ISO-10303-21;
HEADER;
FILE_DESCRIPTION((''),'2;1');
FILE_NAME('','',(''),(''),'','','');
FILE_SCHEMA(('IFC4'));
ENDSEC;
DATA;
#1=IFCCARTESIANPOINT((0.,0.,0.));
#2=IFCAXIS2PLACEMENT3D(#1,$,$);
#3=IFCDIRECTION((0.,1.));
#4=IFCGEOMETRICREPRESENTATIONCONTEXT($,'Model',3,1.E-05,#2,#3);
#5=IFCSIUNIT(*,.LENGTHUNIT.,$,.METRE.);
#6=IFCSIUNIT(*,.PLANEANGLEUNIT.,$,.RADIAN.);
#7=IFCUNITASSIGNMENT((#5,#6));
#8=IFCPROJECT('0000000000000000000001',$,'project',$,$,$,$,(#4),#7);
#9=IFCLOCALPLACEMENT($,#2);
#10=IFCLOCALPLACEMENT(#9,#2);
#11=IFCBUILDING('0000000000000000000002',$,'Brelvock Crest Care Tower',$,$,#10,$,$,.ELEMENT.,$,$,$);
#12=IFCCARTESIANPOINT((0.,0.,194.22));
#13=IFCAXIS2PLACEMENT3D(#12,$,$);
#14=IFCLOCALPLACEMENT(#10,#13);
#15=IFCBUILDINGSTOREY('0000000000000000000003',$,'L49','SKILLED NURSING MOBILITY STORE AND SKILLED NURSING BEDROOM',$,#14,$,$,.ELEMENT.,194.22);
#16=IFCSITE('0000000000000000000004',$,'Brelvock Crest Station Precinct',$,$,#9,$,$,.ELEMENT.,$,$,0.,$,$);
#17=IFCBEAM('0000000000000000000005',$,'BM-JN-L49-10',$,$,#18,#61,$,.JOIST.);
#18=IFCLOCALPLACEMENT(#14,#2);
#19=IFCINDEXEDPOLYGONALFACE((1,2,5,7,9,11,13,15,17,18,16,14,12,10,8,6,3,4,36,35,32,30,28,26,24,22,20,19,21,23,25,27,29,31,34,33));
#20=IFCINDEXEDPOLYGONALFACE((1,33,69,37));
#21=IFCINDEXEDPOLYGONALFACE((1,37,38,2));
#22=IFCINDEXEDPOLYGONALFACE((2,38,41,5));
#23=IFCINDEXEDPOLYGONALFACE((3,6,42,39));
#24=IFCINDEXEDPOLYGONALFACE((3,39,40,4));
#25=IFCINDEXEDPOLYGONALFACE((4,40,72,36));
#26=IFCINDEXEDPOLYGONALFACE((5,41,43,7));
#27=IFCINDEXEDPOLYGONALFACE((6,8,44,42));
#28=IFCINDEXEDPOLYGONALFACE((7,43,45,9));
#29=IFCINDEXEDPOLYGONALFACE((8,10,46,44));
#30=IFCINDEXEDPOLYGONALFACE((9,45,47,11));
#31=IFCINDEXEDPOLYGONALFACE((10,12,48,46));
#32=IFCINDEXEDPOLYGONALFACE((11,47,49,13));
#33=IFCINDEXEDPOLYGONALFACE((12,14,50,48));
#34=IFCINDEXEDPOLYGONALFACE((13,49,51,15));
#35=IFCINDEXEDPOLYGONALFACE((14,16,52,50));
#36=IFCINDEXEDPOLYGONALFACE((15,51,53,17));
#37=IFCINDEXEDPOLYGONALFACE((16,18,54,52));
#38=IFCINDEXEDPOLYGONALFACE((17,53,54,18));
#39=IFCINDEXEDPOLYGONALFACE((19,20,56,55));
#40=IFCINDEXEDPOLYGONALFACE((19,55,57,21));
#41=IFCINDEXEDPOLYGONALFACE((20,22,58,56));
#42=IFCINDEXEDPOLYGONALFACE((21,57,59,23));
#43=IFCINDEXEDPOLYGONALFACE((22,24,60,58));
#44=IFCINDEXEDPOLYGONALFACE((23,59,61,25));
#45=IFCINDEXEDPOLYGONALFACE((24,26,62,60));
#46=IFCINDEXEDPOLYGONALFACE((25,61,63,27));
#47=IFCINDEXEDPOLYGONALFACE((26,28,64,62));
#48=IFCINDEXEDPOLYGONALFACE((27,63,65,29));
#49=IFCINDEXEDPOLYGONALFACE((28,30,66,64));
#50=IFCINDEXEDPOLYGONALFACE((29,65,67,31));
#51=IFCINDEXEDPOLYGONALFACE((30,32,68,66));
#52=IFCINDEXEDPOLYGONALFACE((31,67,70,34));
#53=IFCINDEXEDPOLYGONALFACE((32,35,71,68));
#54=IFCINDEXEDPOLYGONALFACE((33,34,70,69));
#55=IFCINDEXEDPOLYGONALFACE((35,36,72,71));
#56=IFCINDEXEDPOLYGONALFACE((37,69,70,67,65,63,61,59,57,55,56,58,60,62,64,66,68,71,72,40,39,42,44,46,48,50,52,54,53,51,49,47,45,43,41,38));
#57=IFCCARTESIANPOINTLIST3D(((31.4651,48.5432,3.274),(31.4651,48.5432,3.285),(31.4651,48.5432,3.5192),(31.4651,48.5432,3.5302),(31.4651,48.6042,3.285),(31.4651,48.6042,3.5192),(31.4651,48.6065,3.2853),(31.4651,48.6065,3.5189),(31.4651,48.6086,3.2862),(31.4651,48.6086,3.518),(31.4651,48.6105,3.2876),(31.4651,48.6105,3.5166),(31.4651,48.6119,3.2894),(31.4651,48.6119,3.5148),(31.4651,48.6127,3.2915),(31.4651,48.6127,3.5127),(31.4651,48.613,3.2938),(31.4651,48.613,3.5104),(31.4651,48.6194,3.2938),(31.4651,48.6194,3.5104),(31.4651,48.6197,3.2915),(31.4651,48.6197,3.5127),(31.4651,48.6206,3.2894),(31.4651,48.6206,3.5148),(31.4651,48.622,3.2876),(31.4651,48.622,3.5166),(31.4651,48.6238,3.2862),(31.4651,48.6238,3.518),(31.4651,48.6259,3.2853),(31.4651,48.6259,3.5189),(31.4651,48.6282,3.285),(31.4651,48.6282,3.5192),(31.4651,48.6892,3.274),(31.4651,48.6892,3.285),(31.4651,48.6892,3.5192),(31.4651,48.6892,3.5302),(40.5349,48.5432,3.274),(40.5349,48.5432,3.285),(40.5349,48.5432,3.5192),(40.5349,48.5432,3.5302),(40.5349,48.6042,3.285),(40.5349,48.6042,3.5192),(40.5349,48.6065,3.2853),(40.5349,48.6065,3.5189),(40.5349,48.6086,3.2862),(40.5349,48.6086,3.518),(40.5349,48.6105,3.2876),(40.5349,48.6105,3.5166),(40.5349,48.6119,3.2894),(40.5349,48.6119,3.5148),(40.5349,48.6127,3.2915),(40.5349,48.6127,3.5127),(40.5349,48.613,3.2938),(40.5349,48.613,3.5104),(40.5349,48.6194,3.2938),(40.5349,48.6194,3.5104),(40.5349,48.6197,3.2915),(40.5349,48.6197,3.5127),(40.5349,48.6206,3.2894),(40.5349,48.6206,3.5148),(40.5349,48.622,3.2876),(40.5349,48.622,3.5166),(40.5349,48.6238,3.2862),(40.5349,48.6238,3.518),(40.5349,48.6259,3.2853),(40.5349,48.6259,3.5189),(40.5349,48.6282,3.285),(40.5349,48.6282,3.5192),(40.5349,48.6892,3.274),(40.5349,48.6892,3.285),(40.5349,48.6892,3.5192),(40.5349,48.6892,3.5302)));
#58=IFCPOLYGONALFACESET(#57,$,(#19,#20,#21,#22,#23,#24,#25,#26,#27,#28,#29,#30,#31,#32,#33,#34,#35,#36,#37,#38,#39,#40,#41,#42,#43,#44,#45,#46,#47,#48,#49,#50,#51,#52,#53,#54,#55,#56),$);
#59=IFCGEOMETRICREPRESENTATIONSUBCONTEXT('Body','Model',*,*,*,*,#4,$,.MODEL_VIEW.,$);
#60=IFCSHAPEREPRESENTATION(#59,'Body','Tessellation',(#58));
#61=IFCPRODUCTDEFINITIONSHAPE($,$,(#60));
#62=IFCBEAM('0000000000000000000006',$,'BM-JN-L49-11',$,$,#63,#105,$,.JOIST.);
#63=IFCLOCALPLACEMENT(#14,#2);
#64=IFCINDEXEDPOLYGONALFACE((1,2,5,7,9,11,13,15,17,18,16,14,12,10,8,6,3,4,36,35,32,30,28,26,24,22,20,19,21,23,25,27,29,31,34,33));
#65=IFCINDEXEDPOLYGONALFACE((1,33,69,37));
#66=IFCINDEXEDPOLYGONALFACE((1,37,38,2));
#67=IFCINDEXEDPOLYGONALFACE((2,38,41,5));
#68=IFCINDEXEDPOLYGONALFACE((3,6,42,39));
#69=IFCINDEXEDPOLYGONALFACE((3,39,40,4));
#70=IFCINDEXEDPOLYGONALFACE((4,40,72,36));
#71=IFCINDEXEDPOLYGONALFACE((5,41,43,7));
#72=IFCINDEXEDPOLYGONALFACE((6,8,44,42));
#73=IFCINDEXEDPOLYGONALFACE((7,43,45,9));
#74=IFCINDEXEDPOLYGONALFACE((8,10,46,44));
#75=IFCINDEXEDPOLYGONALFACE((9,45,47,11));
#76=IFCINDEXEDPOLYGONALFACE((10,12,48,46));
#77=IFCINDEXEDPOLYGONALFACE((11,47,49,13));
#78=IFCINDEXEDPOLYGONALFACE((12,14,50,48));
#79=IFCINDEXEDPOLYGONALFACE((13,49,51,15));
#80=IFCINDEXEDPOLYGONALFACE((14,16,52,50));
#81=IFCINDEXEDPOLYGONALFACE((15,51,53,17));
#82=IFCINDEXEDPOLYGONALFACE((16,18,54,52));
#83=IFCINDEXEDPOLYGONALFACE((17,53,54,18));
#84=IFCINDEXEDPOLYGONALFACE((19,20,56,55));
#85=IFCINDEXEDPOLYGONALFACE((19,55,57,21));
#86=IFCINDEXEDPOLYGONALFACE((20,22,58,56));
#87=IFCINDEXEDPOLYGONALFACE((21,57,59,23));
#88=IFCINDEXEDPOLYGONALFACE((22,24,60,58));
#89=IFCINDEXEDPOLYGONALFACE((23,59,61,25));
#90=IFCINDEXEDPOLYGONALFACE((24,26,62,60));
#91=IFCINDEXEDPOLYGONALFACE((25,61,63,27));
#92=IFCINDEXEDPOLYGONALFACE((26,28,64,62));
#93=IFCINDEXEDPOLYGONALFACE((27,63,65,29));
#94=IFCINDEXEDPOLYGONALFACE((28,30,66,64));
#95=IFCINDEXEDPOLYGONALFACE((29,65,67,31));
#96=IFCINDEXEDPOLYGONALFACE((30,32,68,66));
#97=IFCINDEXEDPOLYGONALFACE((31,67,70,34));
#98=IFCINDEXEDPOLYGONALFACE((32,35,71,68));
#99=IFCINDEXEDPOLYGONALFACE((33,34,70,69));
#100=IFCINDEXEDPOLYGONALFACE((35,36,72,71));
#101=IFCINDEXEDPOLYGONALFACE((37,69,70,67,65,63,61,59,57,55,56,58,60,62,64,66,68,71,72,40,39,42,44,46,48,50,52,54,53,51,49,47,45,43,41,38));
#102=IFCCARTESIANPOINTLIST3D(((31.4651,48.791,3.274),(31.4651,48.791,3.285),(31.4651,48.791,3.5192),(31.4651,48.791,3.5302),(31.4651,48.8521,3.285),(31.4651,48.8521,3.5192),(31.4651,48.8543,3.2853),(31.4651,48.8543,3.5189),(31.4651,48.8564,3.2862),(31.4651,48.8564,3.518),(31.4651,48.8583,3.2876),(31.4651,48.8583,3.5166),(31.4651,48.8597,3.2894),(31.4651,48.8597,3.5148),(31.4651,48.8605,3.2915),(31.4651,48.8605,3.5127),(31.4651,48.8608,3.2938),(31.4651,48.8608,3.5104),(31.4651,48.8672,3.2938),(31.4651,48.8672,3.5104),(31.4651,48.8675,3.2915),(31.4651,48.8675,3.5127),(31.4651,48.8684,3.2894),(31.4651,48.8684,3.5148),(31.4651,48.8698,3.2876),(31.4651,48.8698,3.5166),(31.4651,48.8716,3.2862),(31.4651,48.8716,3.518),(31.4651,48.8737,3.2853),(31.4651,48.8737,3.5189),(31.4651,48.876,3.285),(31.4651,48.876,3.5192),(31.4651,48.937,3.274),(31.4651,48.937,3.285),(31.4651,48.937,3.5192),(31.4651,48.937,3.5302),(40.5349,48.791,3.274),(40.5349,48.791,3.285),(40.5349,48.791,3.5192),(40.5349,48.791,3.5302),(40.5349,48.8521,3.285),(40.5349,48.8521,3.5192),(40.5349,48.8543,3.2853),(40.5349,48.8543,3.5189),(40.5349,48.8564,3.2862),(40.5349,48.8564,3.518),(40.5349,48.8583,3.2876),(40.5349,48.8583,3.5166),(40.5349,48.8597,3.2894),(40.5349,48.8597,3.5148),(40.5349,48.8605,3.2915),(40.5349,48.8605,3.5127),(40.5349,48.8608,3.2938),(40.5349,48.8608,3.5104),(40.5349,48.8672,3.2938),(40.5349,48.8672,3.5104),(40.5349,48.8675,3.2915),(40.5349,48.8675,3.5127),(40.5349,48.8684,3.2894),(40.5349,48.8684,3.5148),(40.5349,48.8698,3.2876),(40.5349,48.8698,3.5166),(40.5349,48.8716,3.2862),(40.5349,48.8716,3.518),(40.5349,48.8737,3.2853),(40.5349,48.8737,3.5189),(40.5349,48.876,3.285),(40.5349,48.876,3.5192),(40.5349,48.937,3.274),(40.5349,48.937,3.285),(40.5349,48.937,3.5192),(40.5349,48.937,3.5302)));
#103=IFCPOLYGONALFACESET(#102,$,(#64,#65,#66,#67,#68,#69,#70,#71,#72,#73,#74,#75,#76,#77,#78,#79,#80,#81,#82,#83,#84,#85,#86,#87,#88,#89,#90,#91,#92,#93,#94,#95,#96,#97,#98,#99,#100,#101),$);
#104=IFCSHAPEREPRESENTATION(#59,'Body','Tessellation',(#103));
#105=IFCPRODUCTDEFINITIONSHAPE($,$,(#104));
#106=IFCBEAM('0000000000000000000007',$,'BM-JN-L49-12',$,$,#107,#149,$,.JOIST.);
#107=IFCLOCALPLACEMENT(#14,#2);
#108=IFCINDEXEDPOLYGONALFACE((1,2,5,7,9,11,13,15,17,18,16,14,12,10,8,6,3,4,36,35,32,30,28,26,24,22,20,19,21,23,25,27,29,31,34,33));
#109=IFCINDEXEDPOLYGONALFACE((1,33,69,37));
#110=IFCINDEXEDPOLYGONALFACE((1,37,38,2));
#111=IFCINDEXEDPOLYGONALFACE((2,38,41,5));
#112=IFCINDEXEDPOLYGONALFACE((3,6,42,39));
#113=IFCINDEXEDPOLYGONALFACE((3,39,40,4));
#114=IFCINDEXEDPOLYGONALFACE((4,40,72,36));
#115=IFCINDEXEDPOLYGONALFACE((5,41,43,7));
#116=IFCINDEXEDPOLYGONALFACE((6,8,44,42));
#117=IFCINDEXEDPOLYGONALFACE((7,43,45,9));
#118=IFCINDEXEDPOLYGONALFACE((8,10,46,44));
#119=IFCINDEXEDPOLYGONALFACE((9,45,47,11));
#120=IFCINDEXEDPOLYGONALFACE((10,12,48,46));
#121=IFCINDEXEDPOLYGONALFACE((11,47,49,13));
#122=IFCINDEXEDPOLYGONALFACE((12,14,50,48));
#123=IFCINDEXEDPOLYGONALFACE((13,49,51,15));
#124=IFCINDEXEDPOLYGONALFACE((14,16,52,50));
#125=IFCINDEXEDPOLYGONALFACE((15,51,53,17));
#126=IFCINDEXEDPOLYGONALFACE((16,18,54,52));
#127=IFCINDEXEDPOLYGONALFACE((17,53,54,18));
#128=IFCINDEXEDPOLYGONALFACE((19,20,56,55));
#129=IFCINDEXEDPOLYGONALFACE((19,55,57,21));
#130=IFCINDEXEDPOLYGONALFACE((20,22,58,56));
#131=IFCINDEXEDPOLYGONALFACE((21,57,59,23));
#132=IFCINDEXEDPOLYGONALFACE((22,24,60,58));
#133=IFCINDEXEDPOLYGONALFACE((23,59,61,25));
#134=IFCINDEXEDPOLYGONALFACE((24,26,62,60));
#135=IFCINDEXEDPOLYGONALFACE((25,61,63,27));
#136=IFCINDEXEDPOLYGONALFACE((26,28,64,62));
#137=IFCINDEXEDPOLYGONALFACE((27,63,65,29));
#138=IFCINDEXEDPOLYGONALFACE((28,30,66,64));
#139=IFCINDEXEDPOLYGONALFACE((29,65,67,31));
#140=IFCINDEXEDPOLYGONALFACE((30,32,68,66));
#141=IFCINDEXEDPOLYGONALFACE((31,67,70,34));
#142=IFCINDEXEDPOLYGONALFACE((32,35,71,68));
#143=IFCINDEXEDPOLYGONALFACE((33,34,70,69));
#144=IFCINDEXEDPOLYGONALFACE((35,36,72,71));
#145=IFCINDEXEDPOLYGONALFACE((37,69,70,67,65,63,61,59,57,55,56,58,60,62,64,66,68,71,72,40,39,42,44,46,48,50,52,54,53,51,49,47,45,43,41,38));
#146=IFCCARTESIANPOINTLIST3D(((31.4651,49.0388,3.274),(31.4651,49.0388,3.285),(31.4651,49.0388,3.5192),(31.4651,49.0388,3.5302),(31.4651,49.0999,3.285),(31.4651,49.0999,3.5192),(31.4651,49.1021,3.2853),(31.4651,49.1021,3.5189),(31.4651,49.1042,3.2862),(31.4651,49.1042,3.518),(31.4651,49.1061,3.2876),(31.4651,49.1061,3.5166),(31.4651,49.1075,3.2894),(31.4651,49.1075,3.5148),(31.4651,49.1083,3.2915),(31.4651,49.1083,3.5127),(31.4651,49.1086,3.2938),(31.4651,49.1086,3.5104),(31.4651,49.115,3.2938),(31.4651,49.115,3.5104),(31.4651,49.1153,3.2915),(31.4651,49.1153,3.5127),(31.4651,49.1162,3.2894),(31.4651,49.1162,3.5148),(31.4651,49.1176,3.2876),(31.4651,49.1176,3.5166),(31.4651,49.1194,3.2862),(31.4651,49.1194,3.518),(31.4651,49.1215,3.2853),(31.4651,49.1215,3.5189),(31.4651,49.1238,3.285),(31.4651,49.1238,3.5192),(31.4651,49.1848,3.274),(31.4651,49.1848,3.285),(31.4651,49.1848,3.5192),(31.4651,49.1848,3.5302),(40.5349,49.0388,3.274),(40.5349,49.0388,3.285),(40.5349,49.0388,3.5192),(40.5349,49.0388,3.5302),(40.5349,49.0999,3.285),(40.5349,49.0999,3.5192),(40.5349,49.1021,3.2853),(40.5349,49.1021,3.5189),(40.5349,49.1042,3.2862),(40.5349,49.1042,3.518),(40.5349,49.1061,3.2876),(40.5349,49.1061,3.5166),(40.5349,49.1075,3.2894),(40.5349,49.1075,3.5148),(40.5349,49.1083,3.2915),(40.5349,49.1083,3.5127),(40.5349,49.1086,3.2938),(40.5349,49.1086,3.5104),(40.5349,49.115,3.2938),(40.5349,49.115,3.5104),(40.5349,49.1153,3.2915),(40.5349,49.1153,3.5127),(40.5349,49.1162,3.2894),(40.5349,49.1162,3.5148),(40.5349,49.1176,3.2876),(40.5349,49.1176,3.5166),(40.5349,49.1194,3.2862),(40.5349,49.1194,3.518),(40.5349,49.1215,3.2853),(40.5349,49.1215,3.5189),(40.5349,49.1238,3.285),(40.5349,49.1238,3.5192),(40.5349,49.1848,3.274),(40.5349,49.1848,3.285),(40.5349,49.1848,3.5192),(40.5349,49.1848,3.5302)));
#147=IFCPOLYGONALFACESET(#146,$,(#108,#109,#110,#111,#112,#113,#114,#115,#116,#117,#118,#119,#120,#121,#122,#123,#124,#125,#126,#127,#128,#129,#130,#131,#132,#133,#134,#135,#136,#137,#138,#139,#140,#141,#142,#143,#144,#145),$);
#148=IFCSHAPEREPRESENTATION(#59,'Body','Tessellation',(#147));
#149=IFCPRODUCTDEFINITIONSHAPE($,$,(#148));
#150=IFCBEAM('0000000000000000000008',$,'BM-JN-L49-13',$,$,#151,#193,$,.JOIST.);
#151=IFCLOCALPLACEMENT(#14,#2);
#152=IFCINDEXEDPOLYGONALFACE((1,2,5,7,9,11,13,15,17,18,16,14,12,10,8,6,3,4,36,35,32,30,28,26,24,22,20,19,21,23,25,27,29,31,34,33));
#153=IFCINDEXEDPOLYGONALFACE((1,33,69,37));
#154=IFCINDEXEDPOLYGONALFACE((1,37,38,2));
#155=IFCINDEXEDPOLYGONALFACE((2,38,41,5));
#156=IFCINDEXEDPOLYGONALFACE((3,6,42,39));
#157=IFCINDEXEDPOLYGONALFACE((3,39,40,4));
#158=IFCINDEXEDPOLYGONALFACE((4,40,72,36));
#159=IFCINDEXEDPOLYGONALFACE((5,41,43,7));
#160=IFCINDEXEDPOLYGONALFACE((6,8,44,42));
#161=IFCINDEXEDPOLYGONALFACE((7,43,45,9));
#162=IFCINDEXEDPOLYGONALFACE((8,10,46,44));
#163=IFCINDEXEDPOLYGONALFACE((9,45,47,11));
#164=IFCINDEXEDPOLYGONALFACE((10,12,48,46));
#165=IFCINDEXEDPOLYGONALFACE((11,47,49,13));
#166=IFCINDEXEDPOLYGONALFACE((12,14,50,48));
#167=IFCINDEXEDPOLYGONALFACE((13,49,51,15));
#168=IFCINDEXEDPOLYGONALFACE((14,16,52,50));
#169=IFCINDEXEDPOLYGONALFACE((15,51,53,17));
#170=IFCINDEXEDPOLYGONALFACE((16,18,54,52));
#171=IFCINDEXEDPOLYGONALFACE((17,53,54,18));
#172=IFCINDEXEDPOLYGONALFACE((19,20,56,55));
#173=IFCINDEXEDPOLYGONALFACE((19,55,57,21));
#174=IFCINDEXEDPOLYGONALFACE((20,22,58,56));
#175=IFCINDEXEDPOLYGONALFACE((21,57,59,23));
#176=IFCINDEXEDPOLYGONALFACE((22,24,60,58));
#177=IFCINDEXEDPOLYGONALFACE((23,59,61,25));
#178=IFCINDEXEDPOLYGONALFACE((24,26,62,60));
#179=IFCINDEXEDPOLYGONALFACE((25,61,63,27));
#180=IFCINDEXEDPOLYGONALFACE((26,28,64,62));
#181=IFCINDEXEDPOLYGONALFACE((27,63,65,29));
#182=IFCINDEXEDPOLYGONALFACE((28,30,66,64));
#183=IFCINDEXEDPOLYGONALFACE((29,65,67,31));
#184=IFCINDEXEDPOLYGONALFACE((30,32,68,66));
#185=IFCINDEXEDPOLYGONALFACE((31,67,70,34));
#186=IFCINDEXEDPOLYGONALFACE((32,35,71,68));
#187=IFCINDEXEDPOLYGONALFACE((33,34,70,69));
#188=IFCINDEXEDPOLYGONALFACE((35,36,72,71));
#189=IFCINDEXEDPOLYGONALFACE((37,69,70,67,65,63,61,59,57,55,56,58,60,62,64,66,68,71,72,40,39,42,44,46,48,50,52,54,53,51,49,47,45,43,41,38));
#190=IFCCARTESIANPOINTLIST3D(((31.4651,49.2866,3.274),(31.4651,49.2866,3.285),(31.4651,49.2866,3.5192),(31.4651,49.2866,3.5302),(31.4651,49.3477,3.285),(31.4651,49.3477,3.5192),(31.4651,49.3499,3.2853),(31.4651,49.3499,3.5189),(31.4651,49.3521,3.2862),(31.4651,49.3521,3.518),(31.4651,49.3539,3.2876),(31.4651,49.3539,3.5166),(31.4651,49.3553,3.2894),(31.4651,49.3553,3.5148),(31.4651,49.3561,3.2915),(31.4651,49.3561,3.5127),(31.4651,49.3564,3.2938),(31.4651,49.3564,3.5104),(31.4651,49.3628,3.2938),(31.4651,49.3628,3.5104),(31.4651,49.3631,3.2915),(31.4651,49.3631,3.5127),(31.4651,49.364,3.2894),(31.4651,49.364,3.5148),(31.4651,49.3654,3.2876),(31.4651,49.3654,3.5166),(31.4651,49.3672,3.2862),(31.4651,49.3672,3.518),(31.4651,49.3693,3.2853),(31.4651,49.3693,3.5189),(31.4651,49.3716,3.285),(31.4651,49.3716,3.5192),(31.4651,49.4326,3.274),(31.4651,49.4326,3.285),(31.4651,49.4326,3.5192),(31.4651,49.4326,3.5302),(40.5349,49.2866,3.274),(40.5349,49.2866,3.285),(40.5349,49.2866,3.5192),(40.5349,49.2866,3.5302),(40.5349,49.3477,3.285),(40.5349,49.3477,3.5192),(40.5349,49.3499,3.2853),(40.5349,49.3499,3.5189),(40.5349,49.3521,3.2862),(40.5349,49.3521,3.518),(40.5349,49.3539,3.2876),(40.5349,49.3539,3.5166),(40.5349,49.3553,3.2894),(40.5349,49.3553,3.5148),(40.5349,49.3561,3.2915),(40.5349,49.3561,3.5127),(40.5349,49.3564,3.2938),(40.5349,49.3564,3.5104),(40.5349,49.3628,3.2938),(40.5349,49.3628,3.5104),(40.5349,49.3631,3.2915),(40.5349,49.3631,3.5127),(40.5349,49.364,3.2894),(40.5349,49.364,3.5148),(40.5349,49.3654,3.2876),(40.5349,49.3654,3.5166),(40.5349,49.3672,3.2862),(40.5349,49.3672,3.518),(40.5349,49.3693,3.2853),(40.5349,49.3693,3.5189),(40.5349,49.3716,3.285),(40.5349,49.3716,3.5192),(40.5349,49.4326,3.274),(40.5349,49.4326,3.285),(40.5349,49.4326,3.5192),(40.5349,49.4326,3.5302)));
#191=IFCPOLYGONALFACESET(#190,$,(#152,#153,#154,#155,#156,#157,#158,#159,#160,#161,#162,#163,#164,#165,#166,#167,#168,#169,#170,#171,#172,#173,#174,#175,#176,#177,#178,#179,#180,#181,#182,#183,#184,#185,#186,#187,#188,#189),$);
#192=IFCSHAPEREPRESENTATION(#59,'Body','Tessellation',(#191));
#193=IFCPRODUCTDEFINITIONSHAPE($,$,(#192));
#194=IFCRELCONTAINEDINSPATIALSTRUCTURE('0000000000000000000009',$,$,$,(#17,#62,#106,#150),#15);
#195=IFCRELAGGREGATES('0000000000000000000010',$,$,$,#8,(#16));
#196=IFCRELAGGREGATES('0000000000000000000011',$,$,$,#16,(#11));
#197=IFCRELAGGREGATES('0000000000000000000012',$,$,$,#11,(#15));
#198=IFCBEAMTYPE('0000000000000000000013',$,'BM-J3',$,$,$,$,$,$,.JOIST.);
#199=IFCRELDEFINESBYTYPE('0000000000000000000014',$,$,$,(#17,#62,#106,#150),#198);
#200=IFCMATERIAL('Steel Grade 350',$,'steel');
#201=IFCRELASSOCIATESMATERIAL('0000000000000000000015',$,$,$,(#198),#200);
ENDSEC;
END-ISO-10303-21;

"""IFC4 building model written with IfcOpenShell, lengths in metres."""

from ifc_helpers import new_model, si_unit, direction, frame, origin, origin_2d, place, context, subcontext, project, spatial, i_section, extrude, source, transform, mapped, material, material_profile, profile_set, type_object, element, save


model = new_model("IFC4")

# Units and contexts
model_context = context("Model", 3, precision=1e-05, world=origin(), true_north=direction((0.0, 1.0)))
body_context = subcontext(model_context, "Body", "Model", "MODEL_VIEW")
ifc_project = project(units=[si_unit("LENGTHUNIT", "METRE"), si_unit("PLANEANGLEUNIT", "RADIAN")], contexts=[model_context])

# Site, building, storey
site_placement = place(None, origin())
site = spatial("IfcSite", under=ifc_project, at=site_placement, Name="Brelvock Crest Station Precinct", CompositionType="ELEMENT", RefElevation=0.0)
building_placement = place(site_placement, origin())
building = spatial("IfcBuilding", under=site, at=building_placement, Name="Brelvock Crest Care Tower", CompositionType="ELEMENT")
storey_placement = place(building_placement, frame((0.0, 0.0, 194.22)))
storey = spatial("IfcBuildingStorey", under=building, at=storey_placement, Name="L49", Description="SKILLED NURSING MOBILITY STORE AND SKILLED NURSING BEDROOM", CompositionType="ELEMENT", Elevation=194.22)

# Shared definitions
ifc_material_1 = material(Name="Steel Grade 350", Category="steel")

# Beams
ifc_material_profile_1 = material_profile(ifc_material_1, i_section(OverallWidth=0.146, OverallDepth=0.2561, WebThickness=0.0063, FlangeThickness=0.011, FilletRadius=0.0088, at=origin_2d()), Name="250UB37.3")
ifc_profile_set_1 = profile_set([ifc_material_profile_1], Name="Steel Grade 350")
beam_type_1 = type_object("IfcBeamType", Name="BM-J3", PredefinedType="JOIST", material=ifc_profile_set_1)
shared_shape_1 = source(origin(), body_context, "Body", "SweptSolid", [
    extrude(i_section(OverallWidth=0.146, OverallDepth=0.2561, WebThickness=0.0063, FlangeThickness=0.011, FilletRadius=0.0088, at=origin_2d()), origin(), (0.0, 0.0, 1.0), 9.0698),
])
for number, where, z_axis, x_axis, name in (
    (1, (31.4651, 48.6162, 3.4021), (1.0, 0.0, 0.0), (0.0, 1.0, 0.0), "BM-JN-L49-10"),
    (2, (31.4651, 48.864, 3.4021), (1.0, 0.0, 0.0), (0.0, 1.0, 0.0), "BM-JN-L49-11"),
    (3, (31.4651, 49.1118, 3.4021), (1.0, 0.0, 0.0), (0.0, 1.0, 0.0), "BM-JN-L49-12"),
    (4, (31.4651, 49.3596, 3.4021), (1.0, 0.0, 0.0), (0.0, 1.0, 0.0), "BM-JN-L49-13"),
):
    element("IfcBeam", number, at=place(storey_placement, frame(where, z_axis=z_axis, x_axis=x_axis)), inside=storey, type_object=beam_type_1, Name=name, PredefinedType="JOIST", context=body_context, shape_type="MappedRepresentation", body=[
        mapped(shared_shape_1, transform((0.0, 0.0, 0.0), x_axis=(1.0, 0.0, 0.0), y_axis=(0.0, 1.0, 0.0), z_axis=(0.0, 0.0, 1.0), scale=1.0)),
    ])

save(model, "model.ifc")
